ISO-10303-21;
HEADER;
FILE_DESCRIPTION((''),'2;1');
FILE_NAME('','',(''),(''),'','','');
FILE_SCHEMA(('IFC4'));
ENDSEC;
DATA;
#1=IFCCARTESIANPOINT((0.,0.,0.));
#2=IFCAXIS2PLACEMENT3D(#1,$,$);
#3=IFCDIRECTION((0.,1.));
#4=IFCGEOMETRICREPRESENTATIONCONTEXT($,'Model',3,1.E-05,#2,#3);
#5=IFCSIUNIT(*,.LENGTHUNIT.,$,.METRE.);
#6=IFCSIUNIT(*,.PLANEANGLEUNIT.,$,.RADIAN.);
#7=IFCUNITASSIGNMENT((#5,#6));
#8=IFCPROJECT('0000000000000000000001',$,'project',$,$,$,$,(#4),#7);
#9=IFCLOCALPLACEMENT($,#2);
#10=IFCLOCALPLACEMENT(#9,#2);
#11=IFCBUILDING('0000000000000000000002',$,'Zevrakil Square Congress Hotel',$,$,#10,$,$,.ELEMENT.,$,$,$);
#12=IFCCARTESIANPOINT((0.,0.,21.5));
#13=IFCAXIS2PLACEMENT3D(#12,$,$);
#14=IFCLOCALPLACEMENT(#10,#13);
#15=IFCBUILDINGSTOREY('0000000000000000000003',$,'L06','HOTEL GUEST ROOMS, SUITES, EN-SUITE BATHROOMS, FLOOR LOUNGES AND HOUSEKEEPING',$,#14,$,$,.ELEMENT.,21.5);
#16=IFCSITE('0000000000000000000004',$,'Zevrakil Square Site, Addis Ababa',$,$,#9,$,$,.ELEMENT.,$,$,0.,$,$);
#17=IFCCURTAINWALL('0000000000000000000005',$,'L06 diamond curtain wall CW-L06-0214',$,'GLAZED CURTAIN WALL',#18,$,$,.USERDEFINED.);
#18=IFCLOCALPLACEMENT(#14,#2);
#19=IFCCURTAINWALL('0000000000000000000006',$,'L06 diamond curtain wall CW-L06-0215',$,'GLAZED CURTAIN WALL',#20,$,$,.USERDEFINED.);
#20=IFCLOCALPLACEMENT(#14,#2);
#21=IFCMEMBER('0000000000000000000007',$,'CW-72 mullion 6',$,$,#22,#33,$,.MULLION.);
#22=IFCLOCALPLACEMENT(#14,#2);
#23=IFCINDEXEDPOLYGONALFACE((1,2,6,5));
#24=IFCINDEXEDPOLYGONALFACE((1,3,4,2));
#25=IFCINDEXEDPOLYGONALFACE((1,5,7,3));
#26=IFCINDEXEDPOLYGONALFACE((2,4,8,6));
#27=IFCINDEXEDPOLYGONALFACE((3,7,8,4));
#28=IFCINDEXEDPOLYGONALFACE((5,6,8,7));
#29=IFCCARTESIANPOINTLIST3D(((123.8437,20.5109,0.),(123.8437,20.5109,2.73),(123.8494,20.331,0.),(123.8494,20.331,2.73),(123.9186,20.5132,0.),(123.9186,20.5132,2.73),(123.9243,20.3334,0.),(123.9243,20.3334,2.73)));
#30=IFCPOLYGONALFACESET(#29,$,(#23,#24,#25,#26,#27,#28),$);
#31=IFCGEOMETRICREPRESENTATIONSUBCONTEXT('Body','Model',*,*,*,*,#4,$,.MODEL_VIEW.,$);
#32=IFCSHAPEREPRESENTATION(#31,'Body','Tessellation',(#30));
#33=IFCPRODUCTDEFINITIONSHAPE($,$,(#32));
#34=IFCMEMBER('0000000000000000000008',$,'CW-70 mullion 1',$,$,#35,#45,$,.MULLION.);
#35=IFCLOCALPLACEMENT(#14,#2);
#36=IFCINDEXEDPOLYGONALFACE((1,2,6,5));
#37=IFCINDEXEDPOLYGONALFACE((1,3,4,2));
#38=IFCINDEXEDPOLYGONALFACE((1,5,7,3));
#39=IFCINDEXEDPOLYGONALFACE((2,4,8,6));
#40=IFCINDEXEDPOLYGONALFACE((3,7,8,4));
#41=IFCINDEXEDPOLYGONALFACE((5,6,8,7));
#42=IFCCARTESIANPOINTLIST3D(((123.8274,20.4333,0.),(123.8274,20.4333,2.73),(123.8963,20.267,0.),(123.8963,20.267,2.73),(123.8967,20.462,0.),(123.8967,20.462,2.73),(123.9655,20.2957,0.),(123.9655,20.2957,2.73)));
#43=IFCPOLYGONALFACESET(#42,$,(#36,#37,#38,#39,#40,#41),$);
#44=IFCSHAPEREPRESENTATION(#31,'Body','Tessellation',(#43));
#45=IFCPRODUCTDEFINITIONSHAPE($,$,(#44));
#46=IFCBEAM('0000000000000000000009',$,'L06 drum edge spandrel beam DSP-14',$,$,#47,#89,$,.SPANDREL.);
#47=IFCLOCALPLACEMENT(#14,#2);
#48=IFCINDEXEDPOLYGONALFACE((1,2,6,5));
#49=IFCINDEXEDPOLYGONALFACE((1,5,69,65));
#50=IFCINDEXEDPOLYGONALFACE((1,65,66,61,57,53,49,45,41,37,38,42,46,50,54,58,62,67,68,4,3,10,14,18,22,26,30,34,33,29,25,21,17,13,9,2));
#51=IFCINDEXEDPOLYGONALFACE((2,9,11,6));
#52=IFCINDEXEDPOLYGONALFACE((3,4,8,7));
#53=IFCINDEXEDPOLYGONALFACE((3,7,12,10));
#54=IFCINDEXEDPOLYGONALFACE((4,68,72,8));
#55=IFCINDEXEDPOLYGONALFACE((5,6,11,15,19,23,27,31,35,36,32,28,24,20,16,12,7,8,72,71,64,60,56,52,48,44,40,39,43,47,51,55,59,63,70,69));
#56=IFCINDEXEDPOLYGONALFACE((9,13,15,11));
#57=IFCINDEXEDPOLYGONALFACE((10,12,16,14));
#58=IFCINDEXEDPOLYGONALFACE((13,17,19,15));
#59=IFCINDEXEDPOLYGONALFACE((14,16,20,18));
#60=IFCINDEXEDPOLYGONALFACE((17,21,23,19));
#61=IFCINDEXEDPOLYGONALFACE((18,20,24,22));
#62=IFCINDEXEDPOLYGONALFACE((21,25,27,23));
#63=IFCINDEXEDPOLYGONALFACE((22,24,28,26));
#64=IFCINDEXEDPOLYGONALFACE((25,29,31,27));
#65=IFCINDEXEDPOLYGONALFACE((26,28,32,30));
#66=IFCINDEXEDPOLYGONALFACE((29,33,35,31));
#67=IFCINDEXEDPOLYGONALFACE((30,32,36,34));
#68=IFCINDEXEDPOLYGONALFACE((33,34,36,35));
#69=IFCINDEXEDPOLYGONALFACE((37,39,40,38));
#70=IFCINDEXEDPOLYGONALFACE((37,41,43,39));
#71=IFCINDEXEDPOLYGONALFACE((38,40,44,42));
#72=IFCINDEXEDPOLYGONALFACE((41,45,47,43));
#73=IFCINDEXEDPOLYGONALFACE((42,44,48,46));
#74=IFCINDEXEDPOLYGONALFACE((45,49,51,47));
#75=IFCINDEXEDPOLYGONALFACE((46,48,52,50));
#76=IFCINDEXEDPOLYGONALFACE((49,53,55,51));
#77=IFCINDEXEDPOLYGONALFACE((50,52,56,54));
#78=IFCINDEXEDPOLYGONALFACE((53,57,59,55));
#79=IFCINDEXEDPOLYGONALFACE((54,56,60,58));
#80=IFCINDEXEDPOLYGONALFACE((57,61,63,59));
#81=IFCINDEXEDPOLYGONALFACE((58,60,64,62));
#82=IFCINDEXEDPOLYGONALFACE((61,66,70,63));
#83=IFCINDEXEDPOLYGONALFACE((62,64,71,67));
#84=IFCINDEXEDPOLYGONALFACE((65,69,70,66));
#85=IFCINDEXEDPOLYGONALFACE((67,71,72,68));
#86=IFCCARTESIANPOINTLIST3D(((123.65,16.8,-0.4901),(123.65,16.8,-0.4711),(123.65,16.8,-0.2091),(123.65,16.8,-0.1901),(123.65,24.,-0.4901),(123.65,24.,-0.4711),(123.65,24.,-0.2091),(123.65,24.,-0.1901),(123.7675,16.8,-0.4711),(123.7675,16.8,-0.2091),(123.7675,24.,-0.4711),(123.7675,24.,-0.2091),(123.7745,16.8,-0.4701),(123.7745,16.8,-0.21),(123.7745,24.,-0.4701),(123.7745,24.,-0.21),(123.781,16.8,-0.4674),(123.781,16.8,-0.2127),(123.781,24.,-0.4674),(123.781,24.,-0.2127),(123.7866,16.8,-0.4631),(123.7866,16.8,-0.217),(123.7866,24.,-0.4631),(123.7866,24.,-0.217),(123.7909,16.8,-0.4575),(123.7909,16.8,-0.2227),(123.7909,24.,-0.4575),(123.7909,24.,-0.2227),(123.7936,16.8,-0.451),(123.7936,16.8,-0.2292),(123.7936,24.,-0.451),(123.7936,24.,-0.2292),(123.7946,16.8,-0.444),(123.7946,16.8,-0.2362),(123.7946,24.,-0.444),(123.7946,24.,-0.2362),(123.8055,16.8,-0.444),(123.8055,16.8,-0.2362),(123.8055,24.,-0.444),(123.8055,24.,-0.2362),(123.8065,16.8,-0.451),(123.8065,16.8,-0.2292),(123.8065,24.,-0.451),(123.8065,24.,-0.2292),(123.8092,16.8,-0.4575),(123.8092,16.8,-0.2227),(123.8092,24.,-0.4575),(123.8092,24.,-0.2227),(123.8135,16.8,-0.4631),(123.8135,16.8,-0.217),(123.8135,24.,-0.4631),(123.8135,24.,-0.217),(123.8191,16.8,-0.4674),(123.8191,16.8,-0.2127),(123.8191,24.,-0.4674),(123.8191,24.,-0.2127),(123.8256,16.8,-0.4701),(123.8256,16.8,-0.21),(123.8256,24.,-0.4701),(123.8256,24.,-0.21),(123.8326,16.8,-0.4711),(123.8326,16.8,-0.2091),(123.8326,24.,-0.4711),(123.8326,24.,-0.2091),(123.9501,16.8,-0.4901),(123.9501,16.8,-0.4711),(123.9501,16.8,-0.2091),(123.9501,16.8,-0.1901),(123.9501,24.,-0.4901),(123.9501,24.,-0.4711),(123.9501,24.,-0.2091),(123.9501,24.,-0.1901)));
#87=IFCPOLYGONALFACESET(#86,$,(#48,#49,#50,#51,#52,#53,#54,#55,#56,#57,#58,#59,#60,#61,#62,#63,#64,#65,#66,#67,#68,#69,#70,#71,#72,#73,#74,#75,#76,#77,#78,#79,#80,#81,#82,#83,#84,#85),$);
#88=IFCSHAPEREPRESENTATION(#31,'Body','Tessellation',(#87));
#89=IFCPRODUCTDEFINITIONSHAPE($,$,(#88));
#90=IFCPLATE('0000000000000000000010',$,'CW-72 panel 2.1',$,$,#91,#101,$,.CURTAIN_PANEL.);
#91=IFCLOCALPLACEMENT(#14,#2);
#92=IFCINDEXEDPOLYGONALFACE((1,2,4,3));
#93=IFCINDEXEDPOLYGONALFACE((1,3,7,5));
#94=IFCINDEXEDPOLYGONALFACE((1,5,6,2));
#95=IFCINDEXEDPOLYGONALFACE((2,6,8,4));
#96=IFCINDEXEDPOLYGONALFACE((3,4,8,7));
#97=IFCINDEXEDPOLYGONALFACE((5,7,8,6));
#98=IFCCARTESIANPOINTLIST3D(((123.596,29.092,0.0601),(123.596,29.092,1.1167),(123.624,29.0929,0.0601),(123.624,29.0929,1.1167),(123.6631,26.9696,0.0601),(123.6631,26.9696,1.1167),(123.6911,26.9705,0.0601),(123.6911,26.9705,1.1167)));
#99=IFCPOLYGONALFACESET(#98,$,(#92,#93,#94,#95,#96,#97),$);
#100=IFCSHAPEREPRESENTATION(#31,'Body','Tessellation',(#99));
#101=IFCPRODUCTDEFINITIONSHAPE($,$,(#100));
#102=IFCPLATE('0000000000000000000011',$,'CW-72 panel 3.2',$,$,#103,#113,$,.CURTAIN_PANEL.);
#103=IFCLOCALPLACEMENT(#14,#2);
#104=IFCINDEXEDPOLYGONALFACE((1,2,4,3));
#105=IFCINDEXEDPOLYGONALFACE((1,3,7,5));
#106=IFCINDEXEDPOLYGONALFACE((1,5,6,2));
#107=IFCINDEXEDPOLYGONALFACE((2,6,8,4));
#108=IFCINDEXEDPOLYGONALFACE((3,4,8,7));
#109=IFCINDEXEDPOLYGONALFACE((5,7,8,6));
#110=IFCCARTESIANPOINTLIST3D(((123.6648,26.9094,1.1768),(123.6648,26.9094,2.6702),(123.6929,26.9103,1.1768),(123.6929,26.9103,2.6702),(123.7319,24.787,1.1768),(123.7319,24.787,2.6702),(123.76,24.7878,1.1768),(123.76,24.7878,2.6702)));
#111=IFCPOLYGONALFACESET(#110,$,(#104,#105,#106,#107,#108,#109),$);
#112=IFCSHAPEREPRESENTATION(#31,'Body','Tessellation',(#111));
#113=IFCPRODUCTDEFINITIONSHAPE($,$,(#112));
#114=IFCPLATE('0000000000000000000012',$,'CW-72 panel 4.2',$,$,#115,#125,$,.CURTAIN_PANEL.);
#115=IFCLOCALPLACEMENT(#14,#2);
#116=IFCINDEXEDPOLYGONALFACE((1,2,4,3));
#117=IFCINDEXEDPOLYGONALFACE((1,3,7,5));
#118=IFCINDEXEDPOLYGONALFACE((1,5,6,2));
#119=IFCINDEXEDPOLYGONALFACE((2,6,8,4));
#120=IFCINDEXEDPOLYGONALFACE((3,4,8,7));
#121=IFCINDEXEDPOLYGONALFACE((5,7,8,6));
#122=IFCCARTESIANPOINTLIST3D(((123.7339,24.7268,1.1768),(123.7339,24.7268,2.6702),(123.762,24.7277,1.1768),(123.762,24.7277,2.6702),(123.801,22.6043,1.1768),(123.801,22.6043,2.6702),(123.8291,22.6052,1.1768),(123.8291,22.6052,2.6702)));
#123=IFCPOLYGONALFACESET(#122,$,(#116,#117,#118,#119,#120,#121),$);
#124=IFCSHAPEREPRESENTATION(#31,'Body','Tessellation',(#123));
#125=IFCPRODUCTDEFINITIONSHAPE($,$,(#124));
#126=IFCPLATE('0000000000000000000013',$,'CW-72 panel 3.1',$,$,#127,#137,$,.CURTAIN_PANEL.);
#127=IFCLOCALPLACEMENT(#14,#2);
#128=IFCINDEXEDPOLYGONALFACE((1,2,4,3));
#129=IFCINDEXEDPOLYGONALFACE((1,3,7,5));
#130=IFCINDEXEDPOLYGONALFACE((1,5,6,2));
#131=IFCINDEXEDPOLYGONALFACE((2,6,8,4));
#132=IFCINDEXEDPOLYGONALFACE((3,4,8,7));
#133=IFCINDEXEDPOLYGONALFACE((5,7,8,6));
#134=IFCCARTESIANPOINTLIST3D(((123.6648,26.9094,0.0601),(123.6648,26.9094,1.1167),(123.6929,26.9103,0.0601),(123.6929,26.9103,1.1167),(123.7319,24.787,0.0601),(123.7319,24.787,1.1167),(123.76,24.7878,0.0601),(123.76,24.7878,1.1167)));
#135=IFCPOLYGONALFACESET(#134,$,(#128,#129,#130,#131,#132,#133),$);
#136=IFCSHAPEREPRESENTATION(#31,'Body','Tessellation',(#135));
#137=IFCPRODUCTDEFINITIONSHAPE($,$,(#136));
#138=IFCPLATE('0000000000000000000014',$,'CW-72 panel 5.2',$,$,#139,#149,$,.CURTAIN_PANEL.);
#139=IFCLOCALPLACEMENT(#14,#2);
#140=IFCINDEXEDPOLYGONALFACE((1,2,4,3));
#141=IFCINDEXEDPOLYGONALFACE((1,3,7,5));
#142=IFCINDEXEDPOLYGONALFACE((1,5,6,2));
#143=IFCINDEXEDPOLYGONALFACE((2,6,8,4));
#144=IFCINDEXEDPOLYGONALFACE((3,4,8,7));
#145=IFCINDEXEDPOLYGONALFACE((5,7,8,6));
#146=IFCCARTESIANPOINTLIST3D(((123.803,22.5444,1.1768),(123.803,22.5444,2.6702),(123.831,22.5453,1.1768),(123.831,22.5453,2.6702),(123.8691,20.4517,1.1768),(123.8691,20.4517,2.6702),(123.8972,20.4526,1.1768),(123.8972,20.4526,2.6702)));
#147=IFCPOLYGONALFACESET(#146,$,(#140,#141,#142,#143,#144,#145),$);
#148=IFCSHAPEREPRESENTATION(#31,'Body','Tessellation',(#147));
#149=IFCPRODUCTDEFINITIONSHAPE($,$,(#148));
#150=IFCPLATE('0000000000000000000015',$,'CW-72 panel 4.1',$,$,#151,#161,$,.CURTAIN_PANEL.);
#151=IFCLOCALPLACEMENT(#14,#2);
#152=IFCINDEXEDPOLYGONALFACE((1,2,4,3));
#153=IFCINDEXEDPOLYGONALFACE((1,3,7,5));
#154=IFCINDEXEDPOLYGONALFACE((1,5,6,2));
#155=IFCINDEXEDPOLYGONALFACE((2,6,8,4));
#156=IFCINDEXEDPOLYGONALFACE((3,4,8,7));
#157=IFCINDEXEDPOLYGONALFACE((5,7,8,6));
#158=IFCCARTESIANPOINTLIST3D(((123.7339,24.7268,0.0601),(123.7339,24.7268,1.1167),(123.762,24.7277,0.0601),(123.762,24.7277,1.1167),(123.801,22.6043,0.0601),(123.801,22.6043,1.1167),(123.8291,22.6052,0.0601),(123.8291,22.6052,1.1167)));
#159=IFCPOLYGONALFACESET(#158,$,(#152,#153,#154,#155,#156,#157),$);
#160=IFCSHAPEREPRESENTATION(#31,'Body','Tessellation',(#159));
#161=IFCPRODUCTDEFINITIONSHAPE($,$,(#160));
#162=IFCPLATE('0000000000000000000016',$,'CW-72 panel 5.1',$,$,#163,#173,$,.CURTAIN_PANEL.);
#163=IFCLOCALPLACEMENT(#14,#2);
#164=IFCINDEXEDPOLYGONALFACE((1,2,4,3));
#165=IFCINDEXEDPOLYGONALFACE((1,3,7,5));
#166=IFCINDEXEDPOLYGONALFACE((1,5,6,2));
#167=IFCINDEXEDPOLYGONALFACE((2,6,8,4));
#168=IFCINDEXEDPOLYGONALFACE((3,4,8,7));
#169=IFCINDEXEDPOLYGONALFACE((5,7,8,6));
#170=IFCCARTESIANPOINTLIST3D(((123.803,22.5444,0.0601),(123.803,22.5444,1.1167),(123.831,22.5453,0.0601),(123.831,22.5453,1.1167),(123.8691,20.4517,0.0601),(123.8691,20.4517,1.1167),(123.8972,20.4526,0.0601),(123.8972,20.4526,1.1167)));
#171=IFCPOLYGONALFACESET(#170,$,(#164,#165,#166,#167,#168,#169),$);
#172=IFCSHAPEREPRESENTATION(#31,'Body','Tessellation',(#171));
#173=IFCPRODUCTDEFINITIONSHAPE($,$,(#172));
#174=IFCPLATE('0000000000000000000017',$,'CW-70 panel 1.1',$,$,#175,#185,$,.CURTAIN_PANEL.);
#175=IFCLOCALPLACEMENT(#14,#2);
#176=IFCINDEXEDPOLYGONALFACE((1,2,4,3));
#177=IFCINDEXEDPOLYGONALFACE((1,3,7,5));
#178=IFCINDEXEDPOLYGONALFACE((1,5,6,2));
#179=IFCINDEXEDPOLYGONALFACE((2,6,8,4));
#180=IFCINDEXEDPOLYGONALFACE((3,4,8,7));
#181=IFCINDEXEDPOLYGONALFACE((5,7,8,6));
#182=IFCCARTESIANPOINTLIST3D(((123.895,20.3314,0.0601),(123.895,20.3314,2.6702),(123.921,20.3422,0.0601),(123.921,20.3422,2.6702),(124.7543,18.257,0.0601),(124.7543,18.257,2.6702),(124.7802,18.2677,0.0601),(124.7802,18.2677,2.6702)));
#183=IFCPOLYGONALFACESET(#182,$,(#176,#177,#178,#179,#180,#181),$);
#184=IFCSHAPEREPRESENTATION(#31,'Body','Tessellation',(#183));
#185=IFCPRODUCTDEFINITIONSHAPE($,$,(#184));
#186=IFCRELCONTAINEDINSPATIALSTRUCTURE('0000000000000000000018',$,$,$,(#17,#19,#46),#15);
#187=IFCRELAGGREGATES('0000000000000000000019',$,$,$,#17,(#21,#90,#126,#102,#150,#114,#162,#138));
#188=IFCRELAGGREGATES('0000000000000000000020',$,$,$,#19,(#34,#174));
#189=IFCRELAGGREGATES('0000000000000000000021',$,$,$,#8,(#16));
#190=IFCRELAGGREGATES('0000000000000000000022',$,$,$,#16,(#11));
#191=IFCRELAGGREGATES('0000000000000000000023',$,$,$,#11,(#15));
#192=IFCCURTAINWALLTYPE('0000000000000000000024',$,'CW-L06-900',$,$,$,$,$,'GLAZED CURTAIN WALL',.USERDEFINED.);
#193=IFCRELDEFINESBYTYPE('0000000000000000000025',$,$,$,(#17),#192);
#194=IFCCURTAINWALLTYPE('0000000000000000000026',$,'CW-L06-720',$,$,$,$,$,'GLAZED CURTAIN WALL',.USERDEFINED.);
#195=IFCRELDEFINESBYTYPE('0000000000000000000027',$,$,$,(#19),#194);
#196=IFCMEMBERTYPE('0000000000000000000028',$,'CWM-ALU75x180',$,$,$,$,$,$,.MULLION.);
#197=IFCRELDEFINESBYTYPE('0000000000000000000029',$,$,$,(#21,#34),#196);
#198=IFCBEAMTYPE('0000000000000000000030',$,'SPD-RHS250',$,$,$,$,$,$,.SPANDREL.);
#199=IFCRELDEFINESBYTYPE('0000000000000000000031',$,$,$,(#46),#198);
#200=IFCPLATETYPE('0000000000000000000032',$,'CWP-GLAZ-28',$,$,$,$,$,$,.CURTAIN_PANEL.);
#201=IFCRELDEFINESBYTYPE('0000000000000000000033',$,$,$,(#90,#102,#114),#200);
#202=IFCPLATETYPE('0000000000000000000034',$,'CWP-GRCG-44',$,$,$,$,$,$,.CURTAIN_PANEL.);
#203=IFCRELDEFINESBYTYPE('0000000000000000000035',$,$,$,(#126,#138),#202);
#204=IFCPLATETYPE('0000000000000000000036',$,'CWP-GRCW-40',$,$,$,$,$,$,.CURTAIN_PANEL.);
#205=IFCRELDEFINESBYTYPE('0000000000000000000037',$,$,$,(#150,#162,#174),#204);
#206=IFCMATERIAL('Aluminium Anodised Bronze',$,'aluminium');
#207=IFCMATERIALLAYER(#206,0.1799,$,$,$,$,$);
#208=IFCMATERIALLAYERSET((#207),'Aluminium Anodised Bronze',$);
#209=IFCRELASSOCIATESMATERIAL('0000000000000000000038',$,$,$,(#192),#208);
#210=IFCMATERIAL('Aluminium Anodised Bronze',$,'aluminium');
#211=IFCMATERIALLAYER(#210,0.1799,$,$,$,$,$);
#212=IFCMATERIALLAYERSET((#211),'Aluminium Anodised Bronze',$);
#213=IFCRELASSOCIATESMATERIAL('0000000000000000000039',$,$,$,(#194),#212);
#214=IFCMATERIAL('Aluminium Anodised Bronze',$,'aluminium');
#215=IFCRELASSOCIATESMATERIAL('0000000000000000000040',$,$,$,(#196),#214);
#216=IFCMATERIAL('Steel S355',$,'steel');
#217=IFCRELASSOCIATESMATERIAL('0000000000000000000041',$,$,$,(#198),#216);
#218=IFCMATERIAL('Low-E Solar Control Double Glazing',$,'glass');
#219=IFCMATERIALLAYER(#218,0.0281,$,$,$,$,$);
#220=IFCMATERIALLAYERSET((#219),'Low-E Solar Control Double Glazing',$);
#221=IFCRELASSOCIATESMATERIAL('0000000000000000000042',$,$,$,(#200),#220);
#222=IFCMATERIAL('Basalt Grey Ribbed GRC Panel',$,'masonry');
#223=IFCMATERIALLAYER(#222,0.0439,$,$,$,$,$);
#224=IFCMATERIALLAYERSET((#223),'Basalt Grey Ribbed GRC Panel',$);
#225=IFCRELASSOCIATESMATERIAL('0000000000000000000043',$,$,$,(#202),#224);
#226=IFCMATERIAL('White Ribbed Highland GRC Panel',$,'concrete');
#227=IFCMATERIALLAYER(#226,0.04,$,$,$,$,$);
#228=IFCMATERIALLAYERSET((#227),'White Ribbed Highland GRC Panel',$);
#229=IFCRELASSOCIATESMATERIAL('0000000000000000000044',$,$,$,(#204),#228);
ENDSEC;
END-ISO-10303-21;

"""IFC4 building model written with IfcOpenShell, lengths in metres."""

from ifc_helpers import new_model, si_unit, direction, frame, origin, origin_2d, place, context, subcontext, project, spatial, rectangle, i_section, extrude, material, layer, layer_set, material_profile, profile_set, type_object, element, aggregate, save


model = new_model("IFC4")

# Units and contexts
model_context = context("Model", 3, precision=1e-05, world=origin(), true_north=direction((0.0, 1.0)))
body_context = subcontext(model_context, "Body", "Model", "MODEL_VIEW")
ifc_project = project(units=[si_unit("LENGTHUNIT", "METRE"), si_unit("PLANEANGLEUNIT", "RADIAN")], contexts=[model_context])

# Site, building, storey
site_placement = place(None, origin())
site = spatial("IfcSite", under=ifc_project, at=site_placement, Name="Zevrakil Square Site, Addis Ababa", CompositionType="ELEMENT", RefElevation=0.0)
building_placement = place(site_placement, origin())
building = spatial("IfcBuilding", under=site, at=building_placement, Name="Zevrakil Square Congress Hotel", CompositionType="ELEMENT")
storey_placement = place(building_placement, frame((0.0, 0.0, 21.5)))
storey = spatial("IfcBuildingStorey", under=building, at=storey_placement, Name="L06", Description="HOTEL GUEST ROOMS, SUITES, EN-SUITE BATHROOMS, FLOOR LOUNGES AND HOUSEKEEPING", CompositionType="ELEMENT", Elevation=21.5)

# Curtain walls
ifc_material_1 = material(Name="Aluminium Anodised Bronze", Category="aluminium")
ifc_layer_1 = layer(ifc_material_1, 0.1799)
ifc_layer_set_1 = layer_set([ifc_layer_1], Name="Aluminium Anodised Bronze")
curtain_wall_type_1 = type_object("IfcCurtainWallType", Name="CW-L06-900", ElementType="GLAZED CURTAIN WALL", PredefinedType="USERDEFINED", material=ifc_layer_set_1)
curtain_wall_1_placement = place(storey_placement, origin())
curtain_wall_1 = element("IfcCurtainWall", 1, at=curtain_wall_1_placement, inside=storey, type_object=curtain_wall_type_1, Name="L06 diamond curtain wall CW-L06-0214", ObjectType="GLAZED CURTAIN WALL", PredefinedType="USERDEFINED")
ifc_material_2 = material(Name="Aluminium Anodised Bronze", Category="aluminium")
ifc_layer_2 = layer(ifc_material_2, 0.1799)
ifc_layer_set_2 = layer_set([ifc_layer_2], Name="Aluminium Anodised Bronze")
curtain_wall_type_2 = type_object("IfcCurtainWallType", Name="CW-L06-720", ElementType="GLAZED CURTAIN WALL", PredefinedType="USERDEFINED", material=ifc_layer_set_2)
curtain_wall_2_placement = place(storey_placement, origin())
curtain_wall_2 = element("IfcCurtainWall", 2, at=curtain_wall_2_placement, inside=storey, type_object=curtain_wall_type_2, Name="L06 diamond curtain wall CW-L06-0215", ObjectType="GLAZED CURTAIN WALL", PredefinedType="USERDEFINED")

# Members
ifc_material_3 = material(Name="Aluminium Anodised Bronze", Category="aluminium")
ifc_material_profile_1 = material_profile(ifc_material_3, rectangle(XDim=0.075, YDim=0.1799, at=origin_2d()), Name="ALU 75x180")
ifc_profile_set_1 = profile_set([ifc_material_profile_1], Name="Aluminium Anodised Bronze")
member_type_1 = type_object("IfcMemberType", Name="CWM-ALU75x180", PredefinedType="MULLION", material=ifc_profile_set_1)
member_1_placement = place(storey_placement, frame((123.884, 20.4221, 0.0), z_axis=(0.0, 0.0, 1.0), x_axis=(0.999501, 0.031598, 0.0)))
member_1 = element("IfcMember", 3, at=member_1_placement, type_object=member_type_1, Name="CW-72 mullion 6", PredefinedType="MULLION", context=body_context, shape_type="SweptSolid", body=[
    extrude(rectangle(XDim=0.075, YDim=0.1799, at=origin_2d()), origin(), (0.0, 0.0, 1.0), 2.73),
])
member_2_placement = place(storey_placement, frame((123.8965, 20.3645, 0.0), z_axis=(0.0, 0.0, 1.0), x_axis=(0.923879, 0.382684, 0.0)))
member_2 = element("IfcMember", 4, at=member_2_placement, type_object=member_type_1, Name="CW-70 mullion 1", PredefinedType="MULLION", context=body_context, shape_type="SweptSolid", body=[
    extrude(rectangle(XDim=0.075, YDim=0.1799, at=origin_2d()), origin(), (0.0, 0.0, 1.0), 2.73),
])

# Beam
ifc_material_4 = material(Name="Steel S355", Category="steel")
ifc_material_profile_2 = material_profile(ifc_material_4, i_section(OverallWidth=0.3, OverallDepth=0.3, WebThickness=0.011, FlangeThickness=0.019, FilletRadius=0.0271, at=origin_2d()), Name="HEB 300")
ifc_profile_set_2 = profile_set([ifc_material_profile_2], Name="Steel S355")
beam_type = type_object("IfcBeamType", Name="SPD-RHS250", PredefinedType="SPANDREL", material=ifc_profile_set_2)
beam_placement = place(storey_placement, frame((123.8, 24.0, -0.3401), z_axis=(0.0, -1.0, 0.0), x_axis=(1.0, 0.0, 0.0)))
element("IfcBeam", 5, at=beam_placement, inside=storey, type_object=beam_type, Name="L06 drum edge spandrel beam DSP-14", PredefinedType="SPANDREL", context=body_context, shape_type="SweptSolid", body=[
    extrude(i_section(OverallWidth=0.3, OverallDepth=0.3, WebThickness=0.011, FlangeThickness=0.019, FilletRadius=0.0271, at=origin_2d()), origin(), (0.0, 0.0, 1.0), 7.2),
])

# Plates
ifc_material_5 = material(Name="Low-E Solar Control Double Glazing", Category="glass")
ifc_layer_3 = layer(ifc_material_5, 0.0281)
ifc_layer_set_3 = layer_set([ifc_layer_3], Name="Low-E Solar Control Double Glazing")
plate_type_1 = type_object("IfcPlateType", Name="CWP-GLAZ-28", PredefinedType="CURTAIN_PANEL", material=ifc_layer_set_3)
plate_1_placement = place(storey_placement, frame((123.6436, 28.0312, 0.0601), z_axis=(0.0, 0.0, 1.0), x_axis=(0.031598, -0.999501, 0.0)))
plate_1 = element("IfcPlate", 6, at=plate_1_placement, type_object=plate_type_1, Name="CW-72 panel 2.1", PredefinedType="CURTAIN_PANEL", context=body_context, shape_type="SweptSolid", body=[
    extrude(rectangle(XDim=2.1235, YDim=0.0281, at=origin_2d()), origin(), (0.0, 0.0, 1.0), 1.0566),
])
plate_2_placement = place(storey_placement, frame((123.7124, 25.8486, 1.1768), z_axis=(0.0, 0.0, 1.0), x_axis=(0.031598, -0.999501, 0.0)))
plate_2 = element("IfcPlate", 7, at=plate_2_placement, type_object=plate_type_1, Name="CW-72 panel 3.2", PredefinedType="CURTAIN_PANEL", context=body_context, shape_type="SweptSolid", body=[
    extrude(rectangle(XDim=2.1235, YDim=0.0281, at=origin_2d()), origin(), (0.0, 0.0, 1.0), 1.4934),
])
plate_3_placement = place(storey_placement, frame((123.7815, 23.666, 1.1768), z_axis=(0.0, 0.0, 1.0), x_axis=(0.031598, -0.999501, 0.0)))
plate_3 = element("IfcPlate", 8, at=plate_3_placement, type_object=plate_type_1, Name="CW-72 panel 4.2", PredefinedType="CURTAIN_PANEL", context=body_context, shape_type="SweptSolid", body=[
    extrude(rectangle(XDim=2.1235, YDim=0.0281, at=origin_2d()), origin(), (0.0, 0.0, 1.0), 1.4934),
])
ifc_material_6 = material(Name="Basalt Grey Ribbed GRC Panel", Category="masonry")
ifc_layer_4 = layer(ifc_material_6, 0.0439)
ifc_layer_set_4 = layer_set([ifc_layer_4], Name="Basalt Grey Ribbed GRC Panel")
plate_type_2 = type_object("IfcPlateType", Name="CWP-GRCG-44", PredefinedType="CURTAIN_PANEL", material=ifc_layer_set_4)
plate_4_placement = place(storey_placement, frame((123.7124, 25.8486, 0.0601), z_axis=(0.0, 0.0, 1.0), x_axis=(0.031598, -0.999501, 0.0)))
plate_4 = element("IfcPlate", 9, at=plate_4_placement, type_object=plate_type_2, Name="CW-72 panel 3.1", PredefinedType="CURTAIN_PANEL", context=body_context, shape_type="SweptSolid", body=[
    extrude(rectangle(XDim=2.1235, YDim=0.0281, at=origin_2d()), origin(), (0.0, 0.0, 1.0), 1.0566),
])
plate_5_placement = place(storey_placement, frame((123.8501, 21.4985, 1.1768), z_axis=(0.0, 0.0, 1.0), x_axis=(0.031598, -0.999501, 0.0)))
plate_5 = element("IfcPlate", 10, at=plate_5_placement, type_object=plate_type_2, Name="CW-72 panel 5.2", PredefinedType="CURTAIN_PANEL", context=body_context, shape_type="SweptSolid", body=[
    extrude(rectangle(XDim=2.0938, YDim=0.0281, at=origin_2d()), origin(), (0.0, 0.0, 1.0), 1.4934),
])
ifc_material_7 = material(Name="White Ribbed Highland GRC Panel", Category="concrete")
ifc_layer_5 = layer(ifc_material_7, 0.04)
ifc_layer_set_5 = layer_set([ifc_layer_5], Name="White Ribbed Highland GRC Panel")
plate_type_3 = type_object("IfcPlateType", Name="CWP-GRCW-40", PredefinedType="CURTAIN_PANEL", material=ifc_layer_set_5)
plate_6_placement = place(storey_placement, frame((123.7815, 23.666, 0.0601), z_axis=(0.0, 0.0, 1.0), x_axis=(0.031598, -0.999501, 0.0)))
plate_6 = element("IfcPlate", 11, at=plate_6_placement, type_object=plate_type_3, Name="CW-72 panel 4.1", PredefinedType="CURTAIN_PANEL", context=body_context, shape_type="SweptSolid", body=[
    extrude(rectangle(XDim=2.1235, YDim=0.0281, at=origin_2d()), origin(), (0.0, 0.0, 1.0), 1.0566),
])
plate_7_placement = place(storey_placement, frame((123.8501, 21.4985, 0.0601), z_axis=(0.0, 0.0, 1.0), x_axis=(0.031598, -0.999501, 0.0)))
plate_7 = element("IfcPlate", 12, at=plate_7_placement, type_object=plate_type_3, Name="CW-72 panel 5.1", PredefinedType="CURTAIN_PANEL", context=body_context, shape_type="SweptSolid", body=[
    extrude(rectangle(XDim=2.0938, YDim=0.0281, at=origin_2d()), origin(), (0.0, 0.0, 1.0), 1.0566),
])
aggregate(curtain_wall_1, [member_1, plate_1, plate_4, plate_2, plate_6, plate_3, plate_7, plate_5])
plate_8_placement = place(storey_placement, frame((124.3376, 19.2996, 0.0601), z_axis=(0.0, 0.0, 1.0), x_axis=(0.382684, -0.923879, 0.0)))
plate_8 = element("IfcPlate", 13, at=plate_8_placement, type_object=plate_type_3, Name="CW-70 panel 1.1", PredefinedType="CURTAIN_PANEL", context=body_context, shape_type="SweptSolid", body=[
    extrude(rectangle(XDim=2.2454, YDim=0.0281, at=origin_2d()), origin(), (0.0, 0.0, 1.0), 2.6101),
])
aggregate(curtain_wall_2, [member_2, plate_8])

save(model, "model.ifc")
